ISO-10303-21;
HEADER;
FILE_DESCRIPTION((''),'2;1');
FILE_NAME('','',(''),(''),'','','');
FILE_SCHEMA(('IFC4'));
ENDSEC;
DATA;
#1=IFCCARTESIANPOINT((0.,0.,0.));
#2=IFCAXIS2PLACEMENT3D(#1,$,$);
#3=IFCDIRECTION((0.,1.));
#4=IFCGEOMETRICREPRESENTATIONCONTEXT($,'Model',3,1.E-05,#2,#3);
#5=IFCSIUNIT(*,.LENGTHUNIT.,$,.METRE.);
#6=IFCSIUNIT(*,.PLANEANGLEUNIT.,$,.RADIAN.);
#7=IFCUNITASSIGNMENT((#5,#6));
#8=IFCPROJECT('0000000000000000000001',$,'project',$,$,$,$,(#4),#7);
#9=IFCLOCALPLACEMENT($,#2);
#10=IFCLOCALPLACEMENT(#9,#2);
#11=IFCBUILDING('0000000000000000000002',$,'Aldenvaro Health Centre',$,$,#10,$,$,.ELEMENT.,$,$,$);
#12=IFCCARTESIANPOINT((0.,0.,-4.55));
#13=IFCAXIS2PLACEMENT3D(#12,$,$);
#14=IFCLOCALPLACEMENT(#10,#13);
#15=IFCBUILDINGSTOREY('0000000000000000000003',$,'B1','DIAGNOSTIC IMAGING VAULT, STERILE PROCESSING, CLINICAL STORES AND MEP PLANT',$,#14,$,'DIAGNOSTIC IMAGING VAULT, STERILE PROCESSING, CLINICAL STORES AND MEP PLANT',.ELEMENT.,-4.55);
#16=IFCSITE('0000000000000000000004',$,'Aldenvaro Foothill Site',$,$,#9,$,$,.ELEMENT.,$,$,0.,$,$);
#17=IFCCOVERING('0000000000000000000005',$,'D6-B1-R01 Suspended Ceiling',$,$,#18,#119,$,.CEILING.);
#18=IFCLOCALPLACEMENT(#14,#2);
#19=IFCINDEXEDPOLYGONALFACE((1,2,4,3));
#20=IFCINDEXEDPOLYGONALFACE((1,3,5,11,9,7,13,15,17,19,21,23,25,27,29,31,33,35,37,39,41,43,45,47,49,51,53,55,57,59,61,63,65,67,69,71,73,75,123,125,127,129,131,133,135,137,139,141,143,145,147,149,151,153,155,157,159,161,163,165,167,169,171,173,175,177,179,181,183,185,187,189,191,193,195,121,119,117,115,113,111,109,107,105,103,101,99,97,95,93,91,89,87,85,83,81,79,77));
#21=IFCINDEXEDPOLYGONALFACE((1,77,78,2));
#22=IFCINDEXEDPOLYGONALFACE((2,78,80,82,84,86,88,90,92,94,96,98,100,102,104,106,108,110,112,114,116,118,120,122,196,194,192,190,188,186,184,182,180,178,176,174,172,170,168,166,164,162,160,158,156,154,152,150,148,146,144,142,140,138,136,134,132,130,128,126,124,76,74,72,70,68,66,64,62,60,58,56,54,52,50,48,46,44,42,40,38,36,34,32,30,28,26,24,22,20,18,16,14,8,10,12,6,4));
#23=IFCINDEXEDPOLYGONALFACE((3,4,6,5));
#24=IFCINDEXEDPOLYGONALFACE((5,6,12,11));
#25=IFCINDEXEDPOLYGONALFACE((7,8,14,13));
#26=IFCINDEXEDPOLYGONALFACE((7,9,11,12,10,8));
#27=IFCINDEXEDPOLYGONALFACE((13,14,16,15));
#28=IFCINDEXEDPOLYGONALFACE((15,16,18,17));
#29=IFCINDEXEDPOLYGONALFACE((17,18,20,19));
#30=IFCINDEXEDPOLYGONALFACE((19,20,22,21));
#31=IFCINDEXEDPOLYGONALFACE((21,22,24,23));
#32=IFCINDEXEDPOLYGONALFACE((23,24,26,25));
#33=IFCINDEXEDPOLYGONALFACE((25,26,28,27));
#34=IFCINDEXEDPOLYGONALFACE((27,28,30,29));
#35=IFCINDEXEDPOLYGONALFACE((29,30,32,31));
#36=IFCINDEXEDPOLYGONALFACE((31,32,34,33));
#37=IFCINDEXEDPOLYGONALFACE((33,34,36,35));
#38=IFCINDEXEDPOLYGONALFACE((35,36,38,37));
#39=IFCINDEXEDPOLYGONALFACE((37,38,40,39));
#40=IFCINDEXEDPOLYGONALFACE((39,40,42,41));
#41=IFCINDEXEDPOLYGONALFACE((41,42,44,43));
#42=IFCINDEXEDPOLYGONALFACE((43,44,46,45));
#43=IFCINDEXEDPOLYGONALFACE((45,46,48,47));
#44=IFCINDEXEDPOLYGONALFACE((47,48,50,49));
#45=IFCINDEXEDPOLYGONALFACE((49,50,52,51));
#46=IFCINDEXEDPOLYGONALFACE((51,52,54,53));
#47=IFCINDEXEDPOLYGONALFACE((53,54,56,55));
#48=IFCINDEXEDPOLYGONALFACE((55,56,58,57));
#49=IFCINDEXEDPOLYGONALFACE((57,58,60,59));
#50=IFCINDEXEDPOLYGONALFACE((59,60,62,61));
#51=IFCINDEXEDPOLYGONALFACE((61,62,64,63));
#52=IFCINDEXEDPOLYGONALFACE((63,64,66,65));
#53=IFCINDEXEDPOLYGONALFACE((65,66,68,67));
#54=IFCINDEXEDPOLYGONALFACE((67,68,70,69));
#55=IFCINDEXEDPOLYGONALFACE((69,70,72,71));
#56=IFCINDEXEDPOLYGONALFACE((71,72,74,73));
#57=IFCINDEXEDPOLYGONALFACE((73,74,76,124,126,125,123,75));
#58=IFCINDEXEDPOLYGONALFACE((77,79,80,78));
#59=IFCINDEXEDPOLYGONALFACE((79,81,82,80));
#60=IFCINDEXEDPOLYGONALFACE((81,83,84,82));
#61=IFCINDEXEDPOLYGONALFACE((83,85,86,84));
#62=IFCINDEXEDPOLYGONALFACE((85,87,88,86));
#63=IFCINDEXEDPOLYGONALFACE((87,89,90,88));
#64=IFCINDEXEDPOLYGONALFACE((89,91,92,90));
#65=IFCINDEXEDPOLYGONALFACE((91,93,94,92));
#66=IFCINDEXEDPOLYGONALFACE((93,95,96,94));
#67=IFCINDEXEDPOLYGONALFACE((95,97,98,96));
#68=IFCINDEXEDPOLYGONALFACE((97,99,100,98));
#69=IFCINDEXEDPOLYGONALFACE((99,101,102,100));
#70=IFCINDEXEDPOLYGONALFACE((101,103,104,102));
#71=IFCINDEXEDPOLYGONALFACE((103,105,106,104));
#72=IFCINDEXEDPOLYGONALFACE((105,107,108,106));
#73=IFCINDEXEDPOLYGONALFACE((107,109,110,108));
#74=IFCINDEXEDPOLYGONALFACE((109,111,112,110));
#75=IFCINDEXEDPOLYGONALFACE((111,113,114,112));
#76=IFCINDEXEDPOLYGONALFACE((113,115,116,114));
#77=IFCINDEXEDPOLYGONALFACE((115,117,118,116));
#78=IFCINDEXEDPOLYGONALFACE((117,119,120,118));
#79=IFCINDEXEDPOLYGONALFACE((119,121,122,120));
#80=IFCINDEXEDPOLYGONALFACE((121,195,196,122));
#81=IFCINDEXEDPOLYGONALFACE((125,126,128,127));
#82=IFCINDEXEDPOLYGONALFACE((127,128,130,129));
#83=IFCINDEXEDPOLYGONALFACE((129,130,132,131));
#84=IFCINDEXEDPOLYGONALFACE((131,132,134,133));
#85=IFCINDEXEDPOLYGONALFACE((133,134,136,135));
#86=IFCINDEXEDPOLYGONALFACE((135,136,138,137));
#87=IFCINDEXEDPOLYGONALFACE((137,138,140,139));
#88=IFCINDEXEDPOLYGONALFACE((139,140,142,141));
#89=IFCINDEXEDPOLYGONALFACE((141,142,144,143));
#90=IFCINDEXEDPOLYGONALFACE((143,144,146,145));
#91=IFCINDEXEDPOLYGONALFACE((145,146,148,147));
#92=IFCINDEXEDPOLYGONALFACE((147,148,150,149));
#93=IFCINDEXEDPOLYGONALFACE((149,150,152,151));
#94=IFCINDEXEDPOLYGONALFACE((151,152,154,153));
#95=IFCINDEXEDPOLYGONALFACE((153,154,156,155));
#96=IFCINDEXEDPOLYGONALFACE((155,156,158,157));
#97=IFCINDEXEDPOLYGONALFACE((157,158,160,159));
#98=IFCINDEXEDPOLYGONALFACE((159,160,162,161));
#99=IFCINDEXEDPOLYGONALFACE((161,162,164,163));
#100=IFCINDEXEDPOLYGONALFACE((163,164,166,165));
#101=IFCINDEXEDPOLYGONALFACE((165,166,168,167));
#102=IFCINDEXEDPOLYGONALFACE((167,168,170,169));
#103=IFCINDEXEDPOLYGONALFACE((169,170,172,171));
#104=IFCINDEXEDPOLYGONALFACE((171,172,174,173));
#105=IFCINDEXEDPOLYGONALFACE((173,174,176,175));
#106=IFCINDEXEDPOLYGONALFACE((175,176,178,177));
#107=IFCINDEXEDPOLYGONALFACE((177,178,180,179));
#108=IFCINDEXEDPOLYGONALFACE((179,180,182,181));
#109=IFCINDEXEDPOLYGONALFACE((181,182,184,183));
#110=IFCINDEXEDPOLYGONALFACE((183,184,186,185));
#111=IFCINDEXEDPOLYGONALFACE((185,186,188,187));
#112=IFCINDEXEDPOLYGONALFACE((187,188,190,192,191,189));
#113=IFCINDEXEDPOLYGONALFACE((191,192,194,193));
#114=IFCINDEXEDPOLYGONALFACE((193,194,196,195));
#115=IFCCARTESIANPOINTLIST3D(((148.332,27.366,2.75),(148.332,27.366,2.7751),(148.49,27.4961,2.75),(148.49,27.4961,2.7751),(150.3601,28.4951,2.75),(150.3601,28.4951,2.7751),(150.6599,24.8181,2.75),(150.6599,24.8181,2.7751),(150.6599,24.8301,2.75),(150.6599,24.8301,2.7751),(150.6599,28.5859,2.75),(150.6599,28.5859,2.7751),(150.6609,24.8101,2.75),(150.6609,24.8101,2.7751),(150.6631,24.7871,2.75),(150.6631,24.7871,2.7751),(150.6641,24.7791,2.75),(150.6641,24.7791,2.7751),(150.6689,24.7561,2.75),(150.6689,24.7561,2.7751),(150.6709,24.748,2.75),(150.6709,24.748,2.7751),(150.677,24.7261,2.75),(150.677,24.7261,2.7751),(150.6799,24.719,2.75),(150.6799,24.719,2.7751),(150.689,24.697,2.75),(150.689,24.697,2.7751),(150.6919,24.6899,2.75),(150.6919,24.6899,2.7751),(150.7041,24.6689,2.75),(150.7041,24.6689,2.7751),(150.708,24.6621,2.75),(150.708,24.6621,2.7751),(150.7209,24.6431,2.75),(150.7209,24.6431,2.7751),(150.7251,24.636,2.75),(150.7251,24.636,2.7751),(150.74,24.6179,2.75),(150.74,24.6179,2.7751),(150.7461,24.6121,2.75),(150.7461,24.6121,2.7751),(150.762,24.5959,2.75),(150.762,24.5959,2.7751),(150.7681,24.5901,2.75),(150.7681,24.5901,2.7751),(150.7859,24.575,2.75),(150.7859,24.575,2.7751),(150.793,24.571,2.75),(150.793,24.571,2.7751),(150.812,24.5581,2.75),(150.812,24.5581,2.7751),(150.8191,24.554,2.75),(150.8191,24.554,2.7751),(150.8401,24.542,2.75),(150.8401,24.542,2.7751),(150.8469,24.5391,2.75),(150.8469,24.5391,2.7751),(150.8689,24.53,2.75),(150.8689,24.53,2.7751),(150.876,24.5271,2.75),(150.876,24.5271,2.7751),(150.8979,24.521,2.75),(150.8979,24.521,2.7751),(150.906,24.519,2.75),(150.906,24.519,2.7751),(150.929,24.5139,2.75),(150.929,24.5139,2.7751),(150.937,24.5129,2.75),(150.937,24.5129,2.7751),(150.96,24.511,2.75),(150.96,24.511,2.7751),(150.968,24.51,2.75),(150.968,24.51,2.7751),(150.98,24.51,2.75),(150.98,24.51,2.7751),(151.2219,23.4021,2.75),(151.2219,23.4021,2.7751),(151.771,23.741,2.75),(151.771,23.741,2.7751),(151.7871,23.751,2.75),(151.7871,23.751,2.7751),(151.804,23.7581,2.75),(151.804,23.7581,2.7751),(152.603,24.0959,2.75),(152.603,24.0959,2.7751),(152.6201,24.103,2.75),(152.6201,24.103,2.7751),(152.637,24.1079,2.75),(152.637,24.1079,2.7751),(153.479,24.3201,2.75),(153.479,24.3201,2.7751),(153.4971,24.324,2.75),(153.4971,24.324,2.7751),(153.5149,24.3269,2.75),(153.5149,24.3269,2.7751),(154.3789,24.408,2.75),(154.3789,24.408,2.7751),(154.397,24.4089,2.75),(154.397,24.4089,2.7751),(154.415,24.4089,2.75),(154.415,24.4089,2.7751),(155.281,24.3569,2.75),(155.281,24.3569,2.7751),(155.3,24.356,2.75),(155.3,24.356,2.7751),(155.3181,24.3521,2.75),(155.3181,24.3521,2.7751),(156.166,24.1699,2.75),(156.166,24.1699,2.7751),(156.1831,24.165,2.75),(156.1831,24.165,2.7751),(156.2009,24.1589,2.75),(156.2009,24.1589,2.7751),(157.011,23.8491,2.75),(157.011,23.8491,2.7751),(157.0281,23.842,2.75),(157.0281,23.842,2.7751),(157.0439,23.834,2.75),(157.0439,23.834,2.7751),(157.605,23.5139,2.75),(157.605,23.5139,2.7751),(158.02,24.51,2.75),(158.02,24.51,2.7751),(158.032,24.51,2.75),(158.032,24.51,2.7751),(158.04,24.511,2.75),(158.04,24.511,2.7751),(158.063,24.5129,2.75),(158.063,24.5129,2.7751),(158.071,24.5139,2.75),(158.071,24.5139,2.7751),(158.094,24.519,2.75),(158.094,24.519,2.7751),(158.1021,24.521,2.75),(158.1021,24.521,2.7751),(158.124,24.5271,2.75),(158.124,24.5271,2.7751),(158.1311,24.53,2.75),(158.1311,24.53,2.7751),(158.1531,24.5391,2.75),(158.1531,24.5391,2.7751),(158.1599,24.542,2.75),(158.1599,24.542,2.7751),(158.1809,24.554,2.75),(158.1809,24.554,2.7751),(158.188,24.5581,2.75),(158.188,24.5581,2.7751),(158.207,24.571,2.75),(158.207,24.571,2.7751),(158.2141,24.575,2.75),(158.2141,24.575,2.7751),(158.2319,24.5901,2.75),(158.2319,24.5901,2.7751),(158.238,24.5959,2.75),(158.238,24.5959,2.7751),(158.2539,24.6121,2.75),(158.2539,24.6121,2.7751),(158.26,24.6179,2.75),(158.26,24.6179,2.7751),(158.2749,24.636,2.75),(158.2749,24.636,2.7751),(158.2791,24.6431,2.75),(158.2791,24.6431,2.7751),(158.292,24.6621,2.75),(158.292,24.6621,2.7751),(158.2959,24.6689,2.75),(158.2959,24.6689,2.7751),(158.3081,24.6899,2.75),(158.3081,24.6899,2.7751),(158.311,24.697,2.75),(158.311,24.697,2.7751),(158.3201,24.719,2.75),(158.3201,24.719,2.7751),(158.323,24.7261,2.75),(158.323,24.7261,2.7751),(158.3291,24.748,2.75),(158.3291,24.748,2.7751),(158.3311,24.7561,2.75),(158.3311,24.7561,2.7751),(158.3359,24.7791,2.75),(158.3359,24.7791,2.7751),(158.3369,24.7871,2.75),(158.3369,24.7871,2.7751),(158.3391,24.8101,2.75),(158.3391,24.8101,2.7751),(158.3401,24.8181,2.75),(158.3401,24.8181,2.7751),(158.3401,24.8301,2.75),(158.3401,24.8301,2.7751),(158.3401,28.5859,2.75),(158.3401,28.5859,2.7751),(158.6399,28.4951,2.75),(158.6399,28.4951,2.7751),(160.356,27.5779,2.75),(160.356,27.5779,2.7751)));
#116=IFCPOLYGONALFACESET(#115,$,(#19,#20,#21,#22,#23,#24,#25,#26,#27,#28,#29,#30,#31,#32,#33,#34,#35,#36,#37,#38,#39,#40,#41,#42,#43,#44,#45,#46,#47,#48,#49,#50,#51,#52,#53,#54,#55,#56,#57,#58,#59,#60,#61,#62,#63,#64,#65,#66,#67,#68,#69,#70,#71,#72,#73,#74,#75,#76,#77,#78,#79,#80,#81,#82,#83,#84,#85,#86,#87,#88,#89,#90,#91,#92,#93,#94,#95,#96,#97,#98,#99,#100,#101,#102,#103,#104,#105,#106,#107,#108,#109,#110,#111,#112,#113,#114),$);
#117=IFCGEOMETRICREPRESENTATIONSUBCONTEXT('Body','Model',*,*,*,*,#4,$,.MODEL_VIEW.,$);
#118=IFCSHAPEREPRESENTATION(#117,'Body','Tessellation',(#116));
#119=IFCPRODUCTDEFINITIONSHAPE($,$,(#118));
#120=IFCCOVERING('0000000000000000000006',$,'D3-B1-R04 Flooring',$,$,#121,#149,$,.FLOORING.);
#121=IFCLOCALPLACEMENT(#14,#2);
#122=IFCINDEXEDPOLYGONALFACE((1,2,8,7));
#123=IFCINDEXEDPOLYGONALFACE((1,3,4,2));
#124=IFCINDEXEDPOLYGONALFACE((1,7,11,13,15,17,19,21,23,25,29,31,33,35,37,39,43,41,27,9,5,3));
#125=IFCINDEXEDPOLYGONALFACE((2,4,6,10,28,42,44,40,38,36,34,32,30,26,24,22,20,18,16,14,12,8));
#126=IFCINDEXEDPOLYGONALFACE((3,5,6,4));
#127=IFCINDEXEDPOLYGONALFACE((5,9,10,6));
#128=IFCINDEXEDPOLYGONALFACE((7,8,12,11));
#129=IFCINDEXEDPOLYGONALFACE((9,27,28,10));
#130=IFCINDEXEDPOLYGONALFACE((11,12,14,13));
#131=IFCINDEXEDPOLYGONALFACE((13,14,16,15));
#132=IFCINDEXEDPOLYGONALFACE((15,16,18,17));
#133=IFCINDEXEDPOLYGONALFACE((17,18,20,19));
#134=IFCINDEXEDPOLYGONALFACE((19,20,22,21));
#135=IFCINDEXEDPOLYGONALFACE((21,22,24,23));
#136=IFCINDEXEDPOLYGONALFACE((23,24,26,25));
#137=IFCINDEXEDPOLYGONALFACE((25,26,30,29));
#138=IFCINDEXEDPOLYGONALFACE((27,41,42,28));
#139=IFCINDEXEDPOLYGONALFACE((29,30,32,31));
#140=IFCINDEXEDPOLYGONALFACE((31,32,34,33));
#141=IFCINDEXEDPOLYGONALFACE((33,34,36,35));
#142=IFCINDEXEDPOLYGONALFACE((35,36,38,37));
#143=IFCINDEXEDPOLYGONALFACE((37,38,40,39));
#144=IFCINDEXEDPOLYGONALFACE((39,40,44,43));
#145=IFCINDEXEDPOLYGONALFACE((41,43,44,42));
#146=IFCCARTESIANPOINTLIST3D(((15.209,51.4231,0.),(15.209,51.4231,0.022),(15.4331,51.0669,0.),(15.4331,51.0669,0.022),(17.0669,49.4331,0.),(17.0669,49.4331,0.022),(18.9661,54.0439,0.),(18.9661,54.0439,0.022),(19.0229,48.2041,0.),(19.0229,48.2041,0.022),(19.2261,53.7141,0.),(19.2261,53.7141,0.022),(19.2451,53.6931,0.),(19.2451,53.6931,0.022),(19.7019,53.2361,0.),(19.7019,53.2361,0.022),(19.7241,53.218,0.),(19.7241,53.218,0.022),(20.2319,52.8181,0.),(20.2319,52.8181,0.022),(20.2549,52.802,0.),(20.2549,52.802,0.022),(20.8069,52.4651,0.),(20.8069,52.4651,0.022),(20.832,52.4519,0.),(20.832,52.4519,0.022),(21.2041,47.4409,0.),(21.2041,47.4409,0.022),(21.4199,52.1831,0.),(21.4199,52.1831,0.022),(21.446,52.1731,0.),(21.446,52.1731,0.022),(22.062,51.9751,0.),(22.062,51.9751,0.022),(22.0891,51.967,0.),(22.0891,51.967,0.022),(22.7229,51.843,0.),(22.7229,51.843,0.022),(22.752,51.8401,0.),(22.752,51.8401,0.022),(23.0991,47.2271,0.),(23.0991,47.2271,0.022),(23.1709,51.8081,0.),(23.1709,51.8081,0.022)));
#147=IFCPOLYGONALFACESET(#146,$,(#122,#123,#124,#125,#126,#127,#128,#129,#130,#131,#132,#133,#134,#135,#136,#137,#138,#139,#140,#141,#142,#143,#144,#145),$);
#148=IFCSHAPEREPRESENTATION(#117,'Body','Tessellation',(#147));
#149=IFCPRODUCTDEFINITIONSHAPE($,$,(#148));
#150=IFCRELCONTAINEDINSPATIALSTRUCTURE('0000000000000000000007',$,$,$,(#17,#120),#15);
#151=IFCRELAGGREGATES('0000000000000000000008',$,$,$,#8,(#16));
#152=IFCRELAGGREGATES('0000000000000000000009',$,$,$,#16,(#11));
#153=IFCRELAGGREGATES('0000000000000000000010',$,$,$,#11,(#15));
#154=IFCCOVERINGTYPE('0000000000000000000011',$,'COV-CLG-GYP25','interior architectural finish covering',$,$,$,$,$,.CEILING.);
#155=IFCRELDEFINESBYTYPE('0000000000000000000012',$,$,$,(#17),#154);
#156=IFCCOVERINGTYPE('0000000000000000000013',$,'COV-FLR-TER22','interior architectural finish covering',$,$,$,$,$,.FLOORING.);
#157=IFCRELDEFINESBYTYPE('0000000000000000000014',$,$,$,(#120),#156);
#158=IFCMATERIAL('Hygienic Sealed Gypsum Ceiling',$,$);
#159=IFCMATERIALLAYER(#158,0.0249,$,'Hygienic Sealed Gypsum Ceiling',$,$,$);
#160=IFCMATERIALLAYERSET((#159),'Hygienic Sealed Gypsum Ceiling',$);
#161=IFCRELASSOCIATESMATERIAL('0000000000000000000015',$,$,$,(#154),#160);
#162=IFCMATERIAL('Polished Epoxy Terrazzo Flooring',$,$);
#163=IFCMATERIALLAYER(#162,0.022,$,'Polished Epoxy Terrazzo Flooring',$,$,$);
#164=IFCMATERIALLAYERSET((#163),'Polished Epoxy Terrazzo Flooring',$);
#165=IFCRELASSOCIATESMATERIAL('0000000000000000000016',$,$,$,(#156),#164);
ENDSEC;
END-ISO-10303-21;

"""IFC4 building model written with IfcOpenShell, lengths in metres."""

from ifc_helpers import new_model, si_unit, direction, frame, origin, place, context, subcontext, project, spatial, polyline, outline, extrude, material, layer, layer_set, type_object, element, save


model = new_model("IFC4")

# Units and contexts
model_context = context("Model", 3, precision=1e-05, world=origin(), true_north=direction((0.0, 1.0)))
body_context = subcontext(model_context, "Body", "Model", "MODEL_VIEW")
ifc_project = project(units=[si_unit("LENGTHUNIT", "METRE"), si_unit("PLANEANGLEUNIT", "RADIAN")], contexts=[model_context])

# Site, building, storey
site_placement = place(None, origin())
site = spatial("IfcSite", under=ifc_project, at=site_placement, Name="Aldenvaro Foothill Site", CompositionType="ELEMENT", RefElevation=0.0)
building_placement = place(site_placement, origin())
building = spatial("IfcBuilding", under=site, at=building_placement, Name="Aldenvaro Health Centre", CompositionType="ELEMENT")
storey_placement = place(building_placement, frame((0.0, 0.0, -4.55)))
storey = spatial("IfcBuildingStorey", under=building, at=storey_placement, Name="B1", Description="DIAGNOSTIC IMAGING VAULT, STERILE PROCESSING, CLINICAL STORES AND MEP PLANT", LongName="DIAGNOSTIC IMAGING VAULT, STERILE PROCESSING, CLINICAL STORES AND MEP PLANT", CompositionType="ELEMENT", Elevation=-4.55)

# Coverings
ifc_material_1 = material(Name="Hygienic Sealed Gypsum Ceiling")
ifc_layer_1 = layer(ifc_material_1, 0.0249, Name="Hygienic Sealed Gypsum Ceiling")
ifc_layer_set_1 = layer_set([ifc_layer_1], Name="Hygienic Sealed Gypsum Ceiling")
covering_type_1 = type_object("IfcCoveringType", Name="COV-CLG-GYP25", Description="interior architectural finish covering", PredefinedType="CEILING", material=ifc_layer_set_1)
covering_1_placement = place(storey_placement, frame((0.0, 0.0, 2.75)))
element("IfcCovering", 1, at=covering_1_placement, inside=storey, type_object=covering_type_1, Name="D6-B1-R01 Suspended Ceiling", PredefinedType="CEILING", context=body_context, shape_type="SweptSolid", body=[
    extrude(outline(polyline([(157.0439, 23.834), (157.0281, 23.842), (157.011, 23.8491), (156.2009, 24.1589), (156.1831, 24.165), (156.166, 24.1699), (155.3181, 24.3521), (155.3, 24.356), (155.281, 24.3569), (154.415, 24.4089), (154.397, 24.4089), (154.3789, 24.408), (153.5149, 24.3269), (153.4971, 24.324), (153.479, 24.3201), (152.637, 24.1079), (152.6201, 24.103), (152.603, 24.0959), (151.804, 23.7581), (151.7871, 23.751), (151.771, 23.741), (151.2219, 23.4021), (148.332, 27.366), (148.49, 27.4961), (150.3601, 28.4951), (150.6599, 28.5859), (150.6599, 24.8301), (150.6599, 24.8181), (150.6609, 24.8101), (150.6631, 24.7871), (150.6641, 24.7791), (150.6689, 24.7561), (150.6709, 24.748), (150.677, 24.7261), (150.6799, 24.719), (150.689, 24.697), (150.6919, 24.6899), (150.7041, 24.6689), (150.708, 24.6621), (150.7209, 24.6431), (150.7251, 24.636), (150.74, 24.6179), (150.7461, 24.6121), (150.762, 24.5959), (150.7681, 24.5901), (150.7859, 24.575), (150.793, 24.571), (150.812, 24.5581), (150.8191, 24.554), (150.8401, 24.542), (150.8469, 24.5391), (150.8689, 24.53), (150.876, 24.5271), (150.8979, 24.521), (150.906, 24.519), (150.929, 24.5139), (150.937, 24.5129), (150.96, 24.511), (150.968, 24.51), (150.98, 24.51), (158.02, 24.51), (158.032, 24.51), (158.04, 24.511), (158.063, 24.5129), (158.071, 24.5139), (158.094, 24.519), (158.1021, 24.521), (158.124, 24.5271), (158.1311, 24.53), (158.1531, 24.5391), (158.1599, 24.542), (158.1809, 24.554), (158.188, 24.5581), (158.207, 24.571), (158.2141, 24.575), (158.2319, 24.5901), (158.238, 24.5959), (158.2539, 24.6121), (158.26, 24.6179), (158.2749, 24.636), (158.2791, 24.6431), (158.292, 24.6621), (158.2959, 24.6689), (158.3081, 24.6899), (158.311, 24.697), (158.3201, 24.719), (158.323, 24.7261), (158.3291, 24.748), (158.3311, 24.7561), (158.3359, 24.7791), (158.3369, 24.7871), (158.3391, 24.8101), (158.3401, 24.8181), (158.3401, 24.8301), (158.3401, 28.5859), (158.6399, 28.4951), (160.356, 27.5779), (157.605, 23.5139), (157.0439, 23.834)])), origin(), (0.0, 0.0, 1.0), 0.0251),
])
ifc_material_2 = material(Name="Polished Epoxy Terrazzo Flooring")
ifc_layer_2 = layer(ifc_material_2, 0.022, Name="Polished Epoxy Terrazzo Flooring")
ifc_layer_set_2 = layer_set([ifc_layer_2], Name="Polished Epoxy Terrazzo Flooring")
covering_type_2 = type_object("IfcCoveringType", Name="COV-FLR-TER22", Description="interior architectural finish covering", PredefinedType="FLOORING", material=ifc_layer_set_2)
covering_2_placement = place(storey_placement, origin())
element("IfcCovering", 2, at=covering_2_placement, inside=storey, type_object=covering_type_2, Name="D3-B1-R04 Flooring", PredefinedType="FLOORING", context=body_context, shape_type="SweptSolid", body=[
    extrude(outline(polyline([(19.2261, 53.7141), (19.2451, 53.6931), (19.7019, 53.2361), (19.7241, 53.218), (20.2319, 52.8181), (20.2549, 52.802), (20.8069, 52.4651), (20.832, 52.4519), (21.4199, 52.1831), (21.446, 52.1731), (22.062, 51.9751), (22.0891, 51.967), (22.7229, 51.843), (22.752, 51.8401), (23.1709, 51.8081), (23.0991, 47.2271), (21.2041, 47.4409), (19.0229, 48.2041), (17.0669, 49.4331), (15.4331, 51.0669), (15.209, 51.4231), (18.9661, 54.0439), (19.2261, 53.7141)])), origin(), (0.0, 0.0, 1.0), 0.022),
])

save(model, "model.ifc")
